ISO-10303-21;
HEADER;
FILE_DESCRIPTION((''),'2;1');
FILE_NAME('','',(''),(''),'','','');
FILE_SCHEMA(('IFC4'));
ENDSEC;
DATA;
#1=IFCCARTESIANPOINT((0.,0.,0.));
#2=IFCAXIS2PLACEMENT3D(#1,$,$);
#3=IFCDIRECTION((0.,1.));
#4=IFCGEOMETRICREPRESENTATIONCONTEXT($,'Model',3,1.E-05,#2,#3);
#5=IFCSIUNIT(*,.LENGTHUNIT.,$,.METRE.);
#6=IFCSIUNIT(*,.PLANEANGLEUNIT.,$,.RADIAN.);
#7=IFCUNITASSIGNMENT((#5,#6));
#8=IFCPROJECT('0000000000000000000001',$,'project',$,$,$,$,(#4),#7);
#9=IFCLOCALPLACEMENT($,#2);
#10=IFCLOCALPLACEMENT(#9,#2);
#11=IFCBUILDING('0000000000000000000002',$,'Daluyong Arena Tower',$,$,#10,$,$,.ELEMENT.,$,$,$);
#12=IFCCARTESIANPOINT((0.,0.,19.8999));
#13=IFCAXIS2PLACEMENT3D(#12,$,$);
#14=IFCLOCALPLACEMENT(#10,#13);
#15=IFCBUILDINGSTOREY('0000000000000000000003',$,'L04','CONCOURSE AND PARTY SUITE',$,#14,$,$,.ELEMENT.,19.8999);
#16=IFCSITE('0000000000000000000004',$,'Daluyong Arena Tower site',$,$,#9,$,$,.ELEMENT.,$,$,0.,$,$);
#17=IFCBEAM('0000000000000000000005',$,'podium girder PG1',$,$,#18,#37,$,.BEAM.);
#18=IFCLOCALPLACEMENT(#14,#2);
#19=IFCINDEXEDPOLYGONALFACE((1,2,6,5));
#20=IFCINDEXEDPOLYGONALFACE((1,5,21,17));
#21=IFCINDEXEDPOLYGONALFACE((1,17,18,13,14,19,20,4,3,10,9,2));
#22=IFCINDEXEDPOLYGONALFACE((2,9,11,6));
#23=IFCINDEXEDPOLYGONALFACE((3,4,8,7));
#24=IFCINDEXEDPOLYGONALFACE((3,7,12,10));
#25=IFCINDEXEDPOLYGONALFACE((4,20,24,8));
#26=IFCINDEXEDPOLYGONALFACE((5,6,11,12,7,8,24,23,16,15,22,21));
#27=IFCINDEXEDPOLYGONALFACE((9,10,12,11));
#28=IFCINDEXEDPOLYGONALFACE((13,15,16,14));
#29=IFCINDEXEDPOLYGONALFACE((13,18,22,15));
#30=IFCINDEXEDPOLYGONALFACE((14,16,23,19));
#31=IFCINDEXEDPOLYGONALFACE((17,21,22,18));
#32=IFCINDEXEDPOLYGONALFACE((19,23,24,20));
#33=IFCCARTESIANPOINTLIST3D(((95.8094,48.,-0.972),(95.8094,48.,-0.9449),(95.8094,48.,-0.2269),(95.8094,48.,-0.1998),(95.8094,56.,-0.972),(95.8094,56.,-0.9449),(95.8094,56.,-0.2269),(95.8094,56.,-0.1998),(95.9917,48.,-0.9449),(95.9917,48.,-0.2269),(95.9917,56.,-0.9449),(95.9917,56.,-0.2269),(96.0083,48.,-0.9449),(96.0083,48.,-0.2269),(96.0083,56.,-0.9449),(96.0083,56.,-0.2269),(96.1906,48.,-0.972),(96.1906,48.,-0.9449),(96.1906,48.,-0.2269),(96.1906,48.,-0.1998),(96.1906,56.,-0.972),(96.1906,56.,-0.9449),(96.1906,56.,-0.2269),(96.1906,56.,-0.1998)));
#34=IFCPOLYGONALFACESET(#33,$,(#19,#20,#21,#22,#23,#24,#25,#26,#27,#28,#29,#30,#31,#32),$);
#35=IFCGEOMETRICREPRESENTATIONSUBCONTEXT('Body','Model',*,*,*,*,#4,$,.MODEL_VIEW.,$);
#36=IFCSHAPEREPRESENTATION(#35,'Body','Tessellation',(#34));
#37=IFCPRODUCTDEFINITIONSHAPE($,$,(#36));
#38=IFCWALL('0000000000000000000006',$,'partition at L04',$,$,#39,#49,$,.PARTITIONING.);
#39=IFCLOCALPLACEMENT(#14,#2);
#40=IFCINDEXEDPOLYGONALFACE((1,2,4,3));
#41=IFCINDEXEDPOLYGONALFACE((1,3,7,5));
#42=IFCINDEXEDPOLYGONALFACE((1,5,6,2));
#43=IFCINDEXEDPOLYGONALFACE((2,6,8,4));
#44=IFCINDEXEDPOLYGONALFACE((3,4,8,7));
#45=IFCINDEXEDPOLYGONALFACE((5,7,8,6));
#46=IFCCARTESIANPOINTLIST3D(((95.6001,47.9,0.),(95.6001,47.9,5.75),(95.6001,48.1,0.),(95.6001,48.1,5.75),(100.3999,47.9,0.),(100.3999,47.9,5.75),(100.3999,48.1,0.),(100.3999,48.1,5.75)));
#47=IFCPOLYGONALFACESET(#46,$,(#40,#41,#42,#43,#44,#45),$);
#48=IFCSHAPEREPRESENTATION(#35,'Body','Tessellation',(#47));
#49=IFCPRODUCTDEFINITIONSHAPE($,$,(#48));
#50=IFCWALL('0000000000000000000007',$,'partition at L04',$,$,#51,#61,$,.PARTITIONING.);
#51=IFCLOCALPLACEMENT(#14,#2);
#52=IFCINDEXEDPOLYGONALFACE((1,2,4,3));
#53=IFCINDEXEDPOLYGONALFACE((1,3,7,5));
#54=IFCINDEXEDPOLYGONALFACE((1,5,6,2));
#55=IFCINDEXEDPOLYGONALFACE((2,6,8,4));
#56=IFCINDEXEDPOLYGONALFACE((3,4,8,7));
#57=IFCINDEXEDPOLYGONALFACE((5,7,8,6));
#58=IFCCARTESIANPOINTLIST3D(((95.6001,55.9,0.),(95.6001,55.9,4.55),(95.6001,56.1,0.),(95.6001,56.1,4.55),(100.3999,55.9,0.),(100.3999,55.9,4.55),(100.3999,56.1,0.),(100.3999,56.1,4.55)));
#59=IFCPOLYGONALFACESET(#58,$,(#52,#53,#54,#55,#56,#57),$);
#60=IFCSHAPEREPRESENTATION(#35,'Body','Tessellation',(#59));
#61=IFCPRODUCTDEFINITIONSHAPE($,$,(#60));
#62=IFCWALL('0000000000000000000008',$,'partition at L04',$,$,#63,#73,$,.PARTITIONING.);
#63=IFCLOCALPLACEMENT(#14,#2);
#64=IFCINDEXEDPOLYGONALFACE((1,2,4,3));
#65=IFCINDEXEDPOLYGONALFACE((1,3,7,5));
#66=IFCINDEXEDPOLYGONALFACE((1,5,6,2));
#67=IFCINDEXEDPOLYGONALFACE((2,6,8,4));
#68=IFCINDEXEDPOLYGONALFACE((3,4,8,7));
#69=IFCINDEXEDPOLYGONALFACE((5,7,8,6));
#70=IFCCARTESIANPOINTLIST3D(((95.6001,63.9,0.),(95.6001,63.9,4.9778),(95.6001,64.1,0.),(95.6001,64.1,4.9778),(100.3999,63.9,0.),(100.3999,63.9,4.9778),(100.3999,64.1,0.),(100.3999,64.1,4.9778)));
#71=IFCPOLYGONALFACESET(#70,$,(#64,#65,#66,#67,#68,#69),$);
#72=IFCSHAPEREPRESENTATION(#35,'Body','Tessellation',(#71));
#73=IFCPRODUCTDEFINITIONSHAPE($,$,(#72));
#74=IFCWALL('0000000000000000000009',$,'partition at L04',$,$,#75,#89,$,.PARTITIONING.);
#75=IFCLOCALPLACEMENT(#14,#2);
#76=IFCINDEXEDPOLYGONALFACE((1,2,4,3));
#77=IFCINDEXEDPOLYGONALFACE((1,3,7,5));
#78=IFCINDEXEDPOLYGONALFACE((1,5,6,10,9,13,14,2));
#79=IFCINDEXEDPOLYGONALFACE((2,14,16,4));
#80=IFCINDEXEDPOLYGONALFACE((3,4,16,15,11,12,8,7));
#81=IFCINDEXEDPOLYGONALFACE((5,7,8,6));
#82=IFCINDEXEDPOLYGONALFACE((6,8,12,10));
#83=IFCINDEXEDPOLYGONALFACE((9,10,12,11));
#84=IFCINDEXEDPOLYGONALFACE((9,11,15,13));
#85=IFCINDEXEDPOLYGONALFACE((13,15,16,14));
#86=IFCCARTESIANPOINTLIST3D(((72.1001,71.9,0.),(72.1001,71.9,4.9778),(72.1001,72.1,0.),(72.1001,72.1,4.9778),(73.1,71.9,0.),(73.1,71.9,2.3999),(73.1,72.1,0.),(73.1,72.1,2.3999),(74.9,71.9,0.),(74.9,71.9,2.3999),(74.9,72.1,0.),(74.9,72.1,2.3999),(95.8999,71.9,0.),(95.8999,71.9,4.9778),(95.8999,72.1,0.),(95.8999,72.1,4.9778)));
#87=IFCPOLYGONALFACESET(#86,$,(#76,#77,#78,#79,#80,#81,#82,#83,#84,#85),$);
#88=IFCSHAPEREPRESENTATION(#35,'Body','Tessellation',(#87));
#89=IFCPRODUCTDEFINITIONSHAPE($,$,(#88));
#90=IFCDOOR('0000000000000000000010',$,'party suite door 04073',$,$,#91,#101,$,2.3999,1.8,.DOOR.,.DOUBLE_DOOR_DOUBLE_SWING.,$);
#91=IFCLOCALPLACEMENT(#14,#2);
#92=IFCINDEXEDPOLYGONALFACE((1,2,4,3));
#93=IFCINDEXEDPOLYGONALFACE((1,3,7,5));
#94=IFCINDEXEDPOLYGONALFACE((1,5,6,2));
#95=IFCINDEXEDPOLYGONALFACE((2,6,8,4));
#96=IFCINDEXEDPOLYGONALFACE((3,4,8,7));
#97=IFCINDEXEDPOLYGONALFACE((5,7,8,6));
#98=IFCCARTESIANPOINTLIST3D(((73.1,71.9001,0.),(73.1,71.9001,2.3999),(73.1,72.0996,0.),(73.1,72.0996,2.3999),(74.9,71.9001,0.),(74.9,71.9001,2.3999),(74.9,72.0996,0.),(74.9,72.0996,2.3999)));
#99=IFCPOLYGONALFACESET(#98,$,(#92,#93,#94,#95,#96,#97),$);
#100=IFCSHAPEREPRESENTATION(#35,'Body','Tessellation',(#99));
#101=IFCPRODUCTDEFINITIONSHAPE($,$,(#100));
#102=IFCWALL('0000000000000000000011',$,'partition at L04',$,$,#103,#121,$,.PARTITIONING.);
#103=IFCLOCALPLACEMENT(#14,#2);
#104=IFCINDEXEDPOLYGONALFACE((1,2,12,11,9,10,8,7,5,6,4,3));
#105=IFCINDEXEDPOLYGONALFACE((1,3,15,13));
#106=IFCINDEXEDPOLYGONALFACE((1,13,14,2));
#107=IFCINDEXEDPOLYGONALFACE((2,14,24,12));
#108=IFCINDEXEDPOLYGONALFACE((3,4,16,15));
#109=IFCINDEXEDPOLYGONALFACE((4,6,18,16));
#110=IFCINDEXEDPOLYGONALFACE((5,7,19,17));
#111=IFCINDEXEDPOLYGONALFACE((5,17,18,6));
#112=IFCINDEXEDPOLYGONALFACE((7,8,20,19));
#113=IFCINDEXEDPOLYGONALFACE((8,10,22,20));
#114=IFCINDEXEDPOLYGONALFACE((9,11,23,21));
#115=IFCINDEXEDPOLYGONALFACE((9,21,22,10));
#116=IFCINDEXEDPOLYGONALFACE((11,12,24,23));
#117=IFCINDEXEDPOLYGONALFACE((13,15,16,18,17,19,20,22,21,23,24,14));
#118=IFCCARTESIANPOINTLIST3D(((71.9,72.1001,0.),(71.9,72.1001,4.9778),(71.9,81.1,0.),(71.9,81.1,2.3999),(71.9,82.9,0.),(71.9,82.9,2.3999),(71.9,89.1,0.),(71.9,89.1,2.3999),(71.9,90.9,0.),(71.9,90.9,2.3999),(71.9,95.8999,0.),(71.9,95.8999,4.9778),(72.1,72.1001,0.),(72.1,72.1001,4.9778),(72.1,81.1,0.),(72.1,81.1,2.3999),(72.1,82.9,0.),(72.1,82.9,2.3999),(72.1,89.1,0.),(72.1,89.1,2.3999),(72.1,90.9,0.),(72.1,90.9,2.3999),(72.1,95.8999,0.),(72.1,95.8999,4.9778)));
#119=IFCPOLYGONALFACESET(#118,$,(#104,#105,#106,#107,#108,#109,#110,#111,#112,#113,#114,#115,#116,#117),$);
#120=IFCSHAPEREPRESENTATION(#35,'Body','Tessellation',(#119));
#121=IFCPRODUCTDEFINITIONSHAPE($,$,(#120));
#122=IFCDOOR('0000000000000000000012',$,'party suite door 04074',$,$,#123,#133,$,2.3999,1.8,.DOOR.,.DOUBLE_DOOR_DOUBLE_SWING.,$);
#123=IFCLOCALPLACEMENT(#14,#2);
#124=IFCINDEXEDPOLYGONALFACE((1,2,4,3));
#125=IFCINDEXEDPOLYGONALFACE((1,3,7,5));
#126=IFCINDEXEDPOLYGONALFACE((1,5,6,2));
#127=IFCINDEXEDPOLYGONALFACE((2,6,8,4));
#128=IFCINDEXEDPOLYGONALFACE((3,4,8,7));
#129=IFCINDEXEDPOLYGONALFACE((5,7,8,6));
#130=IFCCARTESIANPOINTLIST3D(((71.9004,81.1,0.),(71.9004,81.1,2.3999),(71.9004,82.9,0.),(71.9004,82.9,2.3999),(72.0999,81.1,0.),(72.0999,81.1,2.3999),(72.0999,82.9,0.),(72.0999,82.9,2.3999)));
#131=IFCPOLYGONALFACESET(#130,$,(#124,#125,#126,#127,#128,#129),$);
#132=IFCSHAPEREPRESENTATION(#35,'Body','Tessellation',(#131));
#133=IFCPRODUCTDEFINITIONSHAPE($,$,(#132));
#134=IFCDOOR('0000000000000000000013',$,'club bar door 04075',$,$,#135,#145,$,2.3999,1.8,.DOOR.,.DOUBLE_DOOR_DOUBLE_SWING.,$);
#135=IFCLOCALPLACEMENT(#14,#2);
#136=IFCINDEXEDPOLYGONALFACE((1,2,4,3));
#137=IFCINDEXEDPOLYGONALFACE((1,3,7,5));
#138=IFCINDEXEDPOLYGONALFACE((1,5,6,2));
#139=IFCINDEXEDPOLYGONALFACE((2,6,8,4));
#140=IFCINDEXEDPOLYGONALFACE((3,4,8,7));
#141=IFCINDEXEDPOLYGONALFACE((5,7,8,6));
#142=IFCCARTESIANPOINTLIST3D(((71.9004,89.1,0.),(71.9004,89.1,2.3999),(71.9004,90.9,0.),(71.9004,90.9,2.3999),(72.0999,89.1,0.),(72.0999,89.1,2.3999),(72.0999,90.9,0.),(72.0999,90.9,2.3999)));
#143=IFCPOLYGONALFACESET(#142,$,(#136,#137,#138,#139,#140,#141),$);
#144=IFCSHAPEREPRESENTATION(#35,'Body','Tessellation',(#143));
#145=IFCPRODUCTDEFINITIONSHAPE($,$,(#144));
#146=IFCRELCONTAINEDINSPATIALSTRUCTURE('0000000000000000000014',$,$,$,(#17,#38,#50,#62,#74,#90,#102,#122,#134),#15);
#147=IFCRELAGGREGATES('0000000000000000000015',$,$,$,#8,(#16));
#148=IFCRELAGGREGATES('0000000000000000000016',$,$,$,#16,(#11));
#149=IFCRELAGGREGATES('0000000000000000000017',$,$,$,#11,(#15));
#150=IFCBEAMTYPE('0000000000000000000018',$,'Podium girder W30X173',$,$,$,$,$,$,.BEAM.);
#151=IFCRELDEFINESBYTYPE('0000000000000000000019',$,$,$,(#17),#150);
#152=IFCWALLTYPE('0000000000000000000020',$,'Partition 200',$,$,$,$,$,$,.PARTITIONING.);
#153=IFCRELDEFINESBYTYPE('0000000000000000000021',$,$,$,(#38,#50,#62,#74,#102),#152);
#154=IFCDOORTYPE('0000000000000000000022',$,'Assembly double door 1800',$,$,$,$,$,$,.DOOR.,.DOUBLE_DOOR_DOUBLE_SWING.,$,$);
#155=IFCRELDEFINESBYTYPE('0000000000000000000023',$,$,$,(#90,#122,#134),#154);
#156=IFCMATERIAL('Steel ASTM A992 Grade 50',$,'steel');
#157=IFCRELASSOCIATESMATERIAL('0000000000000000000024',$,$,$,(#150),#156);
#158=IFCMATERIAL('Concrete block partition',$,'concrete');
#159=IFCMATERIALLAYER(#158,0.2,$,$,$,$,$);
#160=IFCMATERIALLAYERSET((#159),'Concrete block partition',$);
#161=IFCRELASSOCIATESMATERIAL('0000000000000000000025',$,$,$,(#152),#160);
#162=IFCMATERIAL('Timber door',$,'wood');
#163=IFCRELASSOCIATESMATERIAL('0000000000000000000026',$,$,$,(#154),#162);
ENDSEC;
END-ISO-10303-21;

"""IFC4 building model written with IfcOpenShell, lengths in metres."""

from ifc_helpers import new_model, si_unit, direction, frame, frame_2d, origin, origin_2d, place, context, subcontext, project, spatial, rectangle, i_section, extrude, material, layer, layer_set, material_profile, profile_set, type_object, element, fill, save


model = new_model("IFC4")

# Units and contexts
model_context = context("Model", 3, precision=1e-05, world=origin(), true_north=direction((0.0, 1.0)))
body_context = subcontext(model_context, "Body", "Model", "MODEL_VIEW")
ifc_project = project(units=[si_unit("LENGTHUNIT", "METRE"), si_unit("PLANEANGLEUNIT", "RADIAN")], contexts=[model_context])

# Site, building, storey
site_placement = place(None, origin())
site = spatial("IfcSite", under=ifc_project, at=site_placement, Name="Daluyong Arena Tower site", CompositionType="ELEMENT", RefElevation=0.0)
building_placement = place(site_placement, origin())
building = spatial("IfcBuilding", under=site, at=building_placement, Name="Daluyong Arena Tower", CompositionType="ELEMENT")
storey_placement = place(building_placement, frame((0.0, 0.0, 19.8999)))
storey = spatial("IfcBuildingStorey", under=building, at=storey_placement, Name="L04", Description="CONCOURSE AND PARTY SUITE", CompositionType="ELEMENT", Elevation=19.8999)

# Beam
ifc_material_1 = material(Name="Steel ASTM A992 Grade 50", Category="steel")
ifc_material_profile_1 = material_profile(ifc_material_1, i_section(OverallWidth=0.3811, OverallDepth=0.7722, WebThickness=0.0166, FlangeThickness=0.0271, at=origin_2d()))
ifc_profile_set_1 = profile_set([ifc_material_profile_1], Name="Steel ASTM A992 Grade 50")
beam_type_1 = type_object("IfcBeamType", Name="Podium girder W30X173", PredefinedType="BEAM", material=ifc_profile_set_1)
for number, where, z_axis, x_axis, name in (
    (1, (96.0, 48.0, -0.5859), (0.0, 1.0, 0.0), (-1.0, 0.0, 0.0), "podium girder PG1"),
):
    element("IfcBeam", number, at=place(storey_placement, frame(where, z_axis=z_axis, x_axis=x_axis)), inside=storey, type_object=beam_type_1, Name=name, PredefinedType="BEAM", context=body_context, shape_type="SweptSolid", body=[
        extrude(i_section(OverallWidth=0.3811, OverallDepth=0.7722, WebThickness=0.0166, FlangeThickness=0.0271, at=origin_2d()), origin(), (0.0, 0.0, 1.0), 8.0),
    ])

# Walls
ifc_material_2 = material(Name="Concrete block partition", Category="concrete")
ifc_layer = layer(ifc_material_2, 0.2)
ifc_layer_set = layer_set([ifc_layer], Name="Concrete block partition")
wall_type = type_object("IfcWallType", Name="Partition 200", PredefinedType="PARTITIONING", material=ifc_layer_set)
wall_1_placement = place(storey_placement, frame((95.6001, 48.0, 0.0), z_axis=(0.0, 0.0, 1.0), x_axis=(1.0, 0.0, 0.0)))
element("IfcWall", 2, at=wall_1_placement, inside=storey, type_object=wall_type, Name="partition at L04", PredefinedType="PARTITIONING", context=body_context, shape_type="SweptSolid", body=[
    extrude(rectangle(XDim=4.7998, YDim=0.2, at=frame_2d((2.3999, 0.0))), origin(), (0.0, 0.0, 1.0), 5.75),
])
wall_2_placement = place(storey_placement, frame((95.6001, 56.0, 0.0), z_axis=(0.0, 0.0, 1.0), x_axis=(1.0, 0.0, 0.0)))
element("IfcWall", 3, at=wall_2_placement, inside=storey, type_object=wall_type, Name="partition at L04", PredefinedType="PARTITIONING", context=body_context, shape_type="SweptSolid", body=[
    extrude(rectangle(XDim=4.7998, YDim=0.2, at=frame_2d((2.3999, 0.0))), origin(), (0.0, 0.0, 1.0), 4.55),
])
wall_3_placement = place(storey_placement, frame((95.6001, 64.0, 0.0), z_axis=(0.0, 0.0, 1.0), x_axis=(1.0, 0.0, 0.0)))
element("IfcWall", 4, at=wall_3_placement, inside=storey, type_object=wall_type, Name="partition at L04", PredefinedType="PARTITIONING", context=body_context, shape_type="SweptSolid", body=[
    extrude(rectangle(XDim=4.7998, YDim=0.2, at=frame_2d((2.3999, 0.0))), origin(), (0.0, 0.0, 1.0), 4.9778),
])

# Wall, opening, door
wall_4_placement = place(storey_placement, frame((72.1001, 72.0, 0.0), z_axis=(0.0, 0.0, 1.0), x_axis=(1.0, 0.0, 0.0)))
wall_4 = element("IfcWall", 5, at=wall_4_placement, inside=storey, type_object=wall_type, Name="partition at L04", PredefinedType="PARTITIONING", context=body_context, shape_type="SweptSolid", body=[
    extrude(rectangle(XDim=23.7998, YDim=0.2, at=frame_2d((11.8999, 0.0))), origin(), (0.0, 0.0, 1.0), 4.9778),
])
opening_1_placement = place(wall_4_placement, frame((1.0, 0.0, 0.0)))
opening_1 = element("IfcOpeningElement", 6, at=opening_1_placement, cuts=wall_4, PredefinedType="OPENING", context=body_context, shape_type="SweptSolid", body=[
    extrude(rectangle(XDim=1.8, YDim=2.3999, at=frame_2d((0.8999, 1.2))), frame((0.0, 0.1099, 0.0), z_axis=(0.0, -1.0, 0.0), x_axis=(1.0, 0.0, 0.0)), (0.0, 0.0, 1.0), 0.22),
])
ifc_material_3 = material(Name="Timber door", Category="wood")
door_type = type_object("IfcDoorType", Name="Assembly double door 1800", OperationType="DOUBLE_DOOR_DOUBLE_SWING", PredefinedType="DOOR", material=ifc_material_3)
door_1_placement = place(opening_1_placement, origin())
door_1 = element("IfcDoor", 7, at=door_1_placement, inside=storey, type_object=door_type, Name="party suite door 04073", OperationType="DOUBLE_DOOR_DOUBLE_SWING", OverallHeight=2.3999, OverallWidth=1.8, PredefinedType="DOOR", context=body_context, shape_type="SweptSolid", body=[
    extrude(rectangle(XDim=1.8, YDim=2.3999, at=frame_2d((0.8999, 1.2))), frame((0.0, 0.0996, 0.0), z_axis=(0.0, -1.0, 0.0), x_axis=(1.0, 0.0, 0.0)), (0.0, 0.0, 1.0), 0.1995),
])
fill(opening_1, door_1)

# Wall, openings, doors
wall_5_placement = place(storey_placement, frame((72.0, 72.1001, 0.0), z_axis=(0.0, 0.0, 1.0), x_axis=(0.0, 1.0, 0.0)))
wall_5 = element("IfcWall", 8, at=wall_5_placement, inside=storey, type_object=wall_type, Name="partition at L04", PredefinedType="PARTITIONING", context=body_context, shape_type="SweptSolid", body=[
    extrude(rectangle(XDim=23.7998, YDim=0.2, at=frame_2d((11.8999, 0.0))), origin(), (0.0, 0.0, 1.0), 4.9778),
])
opening_2_placement = place(wall_5_placement, frame((9.0, 0.0, 0.0)))
opening_2 = element("IfcOpeningElement", 9, at=opening_2_placement, cuts=wall_5, PredefinedType="OPENING", context=body_context, shape_type="SweptSolid", body=[
    extrude(rectangle(XDim=1.8, YDim=2.3999, at=frame_2d((0.8999, 1.2))), frame((0.0, 0.1099, 0.0), z_axis=(0.0, -1.0, 0.0), x_axis=(1.0, 0.0, 0.0)), (0.0, 0.0, 1.0), 0.22),
])
opening_3_placement = place(wall_5_placement, frame((17.0, 0.0, 0.0)))
opening_3 = element("IfcOpeningElement", 10, at=opening_3_placement, cuts=wall_5, PredefinedType="OPENING", context=body_context, shape_type="SweptSolid", body=[
    extrude(rectangle(XDim=1.8, YDim=2.3999, at=frame_2d((0.8999, 1.2))), frame((0.0, 0.1099, 0.0), z_axis=(0.0, -1.0, 0.0), x_axis=(1.0, 0.0, 0.0)), (0.0, 0.0, 1.0), 0.22),
])
door_2_placement = place(opening_2_placement, origin())
door_2 = element("IfcDoor", 11, at=door_2_placement, inside=storey, type_object=door_type, Name="party suite door 04074", OperationType="DOUBLE_DOOR_DOUBLE_SWING", OverallHeight=2.3999, OverallWidth=1.8, PredefinedType="DOOR", context=body_context, shape_type="SweptSolid", body=[
    extrude(rectangle(XDim=1.8, YDim=2.3999, at=frame_2d((0.8999, 1.2))), frame((0.0, 0.0996, 0.0), z_axis=(0.0, -1.0, 0.0), x_axis=(1.0, 0.0, 0.0)), (0.0, 0.0, 1.0), 0.1995),
])
fill(opening_2, door_2)
door_3_placement = place(opening_3_placement, origin())
door_3 = element("IfcDoor", 12, at=door_3_placement, inside=storey, type_object=door_type, Name="club bar door 04075", OperationType="DOUBLE_DOOR_DOUBLE_SWING", OverallHeight=2.3999, OverallWidth=1.8, PredefinedType="DOOR", context=body_context, shape_type="SweptSolid", body=[
    extrude(rectangle(XDim=1.8, YDim=2.3999, at=frame_2d((0.8999, 1.2))), frame((0.0, 0.0996, 0.0), z_axis=(0.0, -1.0, 0.0), x_axis=(1.0, 0.0, 0.0)), (0.0, 0.0, 1.0), 0.1995),
])
fill(opening_3, door_3)

save(model, "model.ifc")
